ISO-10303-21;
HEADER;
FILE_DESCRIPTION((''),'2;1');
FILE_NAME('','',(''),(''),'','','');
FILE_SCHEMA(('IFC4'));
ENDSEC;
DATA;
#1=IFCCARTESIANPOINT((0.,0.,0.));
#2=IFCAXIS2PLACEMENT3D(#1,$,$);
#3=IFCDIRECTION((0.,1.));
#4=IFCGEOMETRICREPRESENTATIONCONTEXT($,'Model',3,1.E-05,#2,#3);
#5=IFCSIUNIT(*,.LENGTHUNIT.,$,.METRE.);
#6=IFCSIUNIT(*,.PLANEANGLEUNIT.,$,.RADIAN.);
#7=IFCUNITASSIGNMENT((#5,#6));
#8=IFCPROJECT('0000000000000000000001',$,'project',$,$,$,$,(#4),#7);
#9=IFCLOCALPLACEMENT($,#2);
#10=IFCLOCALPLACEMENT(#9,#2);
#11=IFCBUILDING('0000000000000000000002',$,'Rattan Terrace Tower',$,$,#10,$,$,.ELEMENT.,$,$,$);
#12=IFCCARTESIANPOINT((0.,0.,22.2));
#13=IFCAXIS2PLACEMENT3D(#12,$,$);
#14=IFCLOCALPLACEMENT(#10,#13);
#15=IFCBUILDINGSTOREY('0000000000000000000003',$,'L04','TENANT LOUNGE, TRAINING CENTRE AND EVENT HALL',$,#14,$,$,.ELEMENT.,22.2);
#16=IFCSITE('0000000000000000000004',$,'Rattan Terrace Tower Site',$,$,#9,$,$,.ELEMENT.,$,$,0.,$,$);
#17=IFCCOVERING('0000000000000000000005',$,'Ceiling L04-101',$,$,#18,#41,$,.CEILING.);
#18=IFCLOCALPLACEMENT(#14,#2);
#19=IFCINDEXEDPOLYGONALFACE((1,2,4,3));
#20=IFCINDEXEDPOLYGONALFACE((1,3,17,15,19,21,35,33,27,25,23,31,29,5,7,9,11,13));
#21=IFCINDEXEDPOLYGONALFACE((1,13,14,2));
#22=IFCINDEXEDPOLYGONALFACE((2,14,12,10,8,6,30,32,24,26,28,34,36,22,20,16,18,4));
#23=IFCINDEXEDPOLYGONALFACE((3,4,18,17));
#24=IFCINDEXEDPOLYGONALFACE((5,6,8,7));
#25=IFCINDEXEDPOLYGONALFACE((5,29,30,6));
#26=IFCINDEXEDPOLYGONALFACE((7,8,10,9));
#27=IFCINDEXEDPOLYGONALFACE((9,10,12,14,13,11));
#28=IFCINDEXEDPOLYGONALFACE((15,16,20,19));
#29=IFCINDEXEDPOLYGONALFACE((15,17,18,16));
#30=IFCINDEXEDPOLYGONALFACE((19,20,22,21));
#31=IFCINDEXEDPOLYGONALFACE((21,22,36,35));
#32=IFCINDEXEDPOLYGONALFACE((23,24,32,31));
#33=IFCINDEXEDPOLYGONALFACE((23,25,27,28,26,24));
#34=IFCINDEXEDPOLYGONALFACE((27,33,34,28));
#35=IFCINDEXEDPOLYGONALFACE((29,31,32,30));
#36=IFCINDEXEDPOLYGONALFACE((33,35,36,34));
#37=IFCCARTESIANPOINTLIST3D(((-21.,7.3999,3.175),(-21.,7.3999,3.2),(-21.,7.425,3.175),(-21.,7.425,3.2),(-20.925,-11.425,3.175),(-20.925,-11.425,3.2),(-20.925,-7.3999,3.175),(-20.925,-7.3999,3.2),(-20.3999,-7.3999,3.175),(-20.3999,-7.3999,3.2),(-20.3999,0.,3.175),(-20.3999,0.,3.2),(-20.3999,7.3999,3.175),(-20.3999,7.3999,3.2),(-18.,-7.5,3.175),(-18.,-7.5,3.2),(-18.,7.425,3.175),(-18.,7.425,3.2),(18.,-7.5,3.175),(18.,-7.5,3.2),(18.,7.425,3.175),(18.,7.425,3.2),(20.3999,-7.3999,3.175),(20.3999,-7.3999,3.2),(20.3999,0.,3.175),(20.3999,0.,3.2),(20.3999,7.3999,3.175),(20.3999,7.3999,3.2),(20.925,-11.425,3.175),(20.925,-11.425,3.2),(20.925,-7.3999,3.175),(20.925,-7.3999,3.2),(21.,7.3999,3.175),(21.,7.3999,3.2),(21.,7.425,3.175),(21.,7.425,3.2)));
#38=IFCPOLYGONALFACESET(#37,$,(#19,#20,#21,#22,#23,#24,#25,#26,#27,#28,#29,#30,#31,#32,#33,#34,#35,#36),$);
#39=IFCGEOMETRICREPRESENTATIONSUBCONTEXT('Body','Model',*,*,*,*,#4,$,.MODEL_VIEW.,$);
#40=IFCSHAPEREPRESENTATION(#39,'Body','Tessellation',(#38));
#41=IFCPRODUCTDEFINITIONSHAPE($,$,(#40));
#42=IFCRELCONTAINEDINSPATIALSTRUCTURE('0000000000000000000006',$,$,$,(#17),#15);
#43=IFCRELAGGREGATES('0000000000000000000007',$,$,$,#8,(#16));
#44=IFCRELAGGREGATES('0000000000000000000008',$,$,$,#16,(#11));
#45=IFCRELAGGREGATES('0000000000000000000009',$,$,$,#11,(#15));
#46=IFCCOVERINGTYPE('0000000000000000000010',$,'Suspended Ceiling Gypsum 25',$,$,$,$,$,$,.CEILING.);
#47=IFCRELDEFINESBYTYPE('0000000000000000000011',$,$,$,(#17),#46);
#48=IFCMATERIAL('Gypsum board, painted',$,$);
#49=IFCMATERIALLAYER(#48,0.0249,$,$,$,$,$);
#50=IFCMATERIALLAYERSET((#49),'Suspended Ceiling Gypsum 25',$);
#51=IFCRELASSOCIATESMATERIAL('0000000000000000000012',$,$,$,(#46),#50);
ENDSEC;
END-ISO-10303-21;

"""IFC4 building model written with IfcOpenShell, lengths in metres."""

from ifc_helpers import new_model, si_unit, direction, frame, origin, place, context, subcontext, project, spatial, polyline, outline, extrude, material, layer, layer_set, type_object, element, save


model = new_model("IFC4")

# Units and contexts
model_context = context("Model", 3, precision=1e-05, world=origin(), true_north=direction((0.0, 1.0)))
body_context = subcontext(model_context, "Body", "Model", "MODEL_VIEW")
ifc_project = project(units=[si_unit("LENGTHUNIT", "METRE"), si_unit("PLANEANGLEUNIT", "RADIAN")], contexts=[model_context])

# Site, building, storey
site_placement = place(None, origin())
site = spatial("IfcSite", under=ifc_project, at=site_placement, Name="Rattan Terrace Tower Site", CompositionType="ELEMENT", RefElevation=0.0)
building_placement = place(site_placement, origin())
building = spatial("IfcBuilding", under=site, at=building_placement, Name="Rattan Terrace Tower", CompositionType="ELEMENT")
storey_placement = place(building_placement, frame((0.0, 0.0, 22.2)))
storey = spatial("IfcBuildingStorey", under=building, at=storey_placement, Name="L04", Description="TENANT LOUNGE, TRAINING CENTRE AND EVENT HALL", CompositionType="ELEMENT", Elevation=22.2)

# Covering
ifc_material_1 = material(Name="Gypsum board, painted")
ifc_layer_1 = layer(ifc_material_1, 0.0249)
ifc_layer_set_1 = layer_set([ifc_layer_1], Name="Suspended Ceiling Gypsum 25")
covering_type_1 = type_object("IfcCoveringType", Name="Suspended Ceiling Gypsum 25", PredefinedType="CEILING", material=ifc_layer_set_1)
covering_1_placement = place(storey_placement, frame((0.0, 0.0, 3.175)))
element("IfcCovering", 1, at=covering_1_placement, inside=storey, type_object=covering_type_1, Name="Ceiling L04-101", PredefinedType="CEILING", context=body_context, shape_type="SweptSolid", body=[
    extrude(outline(polyline([(-20.3999, 7.3999), (-20.3999, 0.0), (-20.3999, -7.3999), (-20.925, -7.3999), (-20.925, -11.425), (20.925, -11.425), (20.925, -7.3999), (20.3999, -7.3999), (20.3999, 0.0), (20.3999, 7.3999), (21.0, 7.3999), (21.0, 7.425), (18.0, 7.425), (18.0, -7.5), (-18.0, -7.5), (-18.0, 7.425), (-21.0, 7.425), (-21.0, 7.3999), (-20.3999, 7.3999)])), origin(), (0.0, 0.0, 1.0), 0.0249),
])

save(model, "model.ifc")
